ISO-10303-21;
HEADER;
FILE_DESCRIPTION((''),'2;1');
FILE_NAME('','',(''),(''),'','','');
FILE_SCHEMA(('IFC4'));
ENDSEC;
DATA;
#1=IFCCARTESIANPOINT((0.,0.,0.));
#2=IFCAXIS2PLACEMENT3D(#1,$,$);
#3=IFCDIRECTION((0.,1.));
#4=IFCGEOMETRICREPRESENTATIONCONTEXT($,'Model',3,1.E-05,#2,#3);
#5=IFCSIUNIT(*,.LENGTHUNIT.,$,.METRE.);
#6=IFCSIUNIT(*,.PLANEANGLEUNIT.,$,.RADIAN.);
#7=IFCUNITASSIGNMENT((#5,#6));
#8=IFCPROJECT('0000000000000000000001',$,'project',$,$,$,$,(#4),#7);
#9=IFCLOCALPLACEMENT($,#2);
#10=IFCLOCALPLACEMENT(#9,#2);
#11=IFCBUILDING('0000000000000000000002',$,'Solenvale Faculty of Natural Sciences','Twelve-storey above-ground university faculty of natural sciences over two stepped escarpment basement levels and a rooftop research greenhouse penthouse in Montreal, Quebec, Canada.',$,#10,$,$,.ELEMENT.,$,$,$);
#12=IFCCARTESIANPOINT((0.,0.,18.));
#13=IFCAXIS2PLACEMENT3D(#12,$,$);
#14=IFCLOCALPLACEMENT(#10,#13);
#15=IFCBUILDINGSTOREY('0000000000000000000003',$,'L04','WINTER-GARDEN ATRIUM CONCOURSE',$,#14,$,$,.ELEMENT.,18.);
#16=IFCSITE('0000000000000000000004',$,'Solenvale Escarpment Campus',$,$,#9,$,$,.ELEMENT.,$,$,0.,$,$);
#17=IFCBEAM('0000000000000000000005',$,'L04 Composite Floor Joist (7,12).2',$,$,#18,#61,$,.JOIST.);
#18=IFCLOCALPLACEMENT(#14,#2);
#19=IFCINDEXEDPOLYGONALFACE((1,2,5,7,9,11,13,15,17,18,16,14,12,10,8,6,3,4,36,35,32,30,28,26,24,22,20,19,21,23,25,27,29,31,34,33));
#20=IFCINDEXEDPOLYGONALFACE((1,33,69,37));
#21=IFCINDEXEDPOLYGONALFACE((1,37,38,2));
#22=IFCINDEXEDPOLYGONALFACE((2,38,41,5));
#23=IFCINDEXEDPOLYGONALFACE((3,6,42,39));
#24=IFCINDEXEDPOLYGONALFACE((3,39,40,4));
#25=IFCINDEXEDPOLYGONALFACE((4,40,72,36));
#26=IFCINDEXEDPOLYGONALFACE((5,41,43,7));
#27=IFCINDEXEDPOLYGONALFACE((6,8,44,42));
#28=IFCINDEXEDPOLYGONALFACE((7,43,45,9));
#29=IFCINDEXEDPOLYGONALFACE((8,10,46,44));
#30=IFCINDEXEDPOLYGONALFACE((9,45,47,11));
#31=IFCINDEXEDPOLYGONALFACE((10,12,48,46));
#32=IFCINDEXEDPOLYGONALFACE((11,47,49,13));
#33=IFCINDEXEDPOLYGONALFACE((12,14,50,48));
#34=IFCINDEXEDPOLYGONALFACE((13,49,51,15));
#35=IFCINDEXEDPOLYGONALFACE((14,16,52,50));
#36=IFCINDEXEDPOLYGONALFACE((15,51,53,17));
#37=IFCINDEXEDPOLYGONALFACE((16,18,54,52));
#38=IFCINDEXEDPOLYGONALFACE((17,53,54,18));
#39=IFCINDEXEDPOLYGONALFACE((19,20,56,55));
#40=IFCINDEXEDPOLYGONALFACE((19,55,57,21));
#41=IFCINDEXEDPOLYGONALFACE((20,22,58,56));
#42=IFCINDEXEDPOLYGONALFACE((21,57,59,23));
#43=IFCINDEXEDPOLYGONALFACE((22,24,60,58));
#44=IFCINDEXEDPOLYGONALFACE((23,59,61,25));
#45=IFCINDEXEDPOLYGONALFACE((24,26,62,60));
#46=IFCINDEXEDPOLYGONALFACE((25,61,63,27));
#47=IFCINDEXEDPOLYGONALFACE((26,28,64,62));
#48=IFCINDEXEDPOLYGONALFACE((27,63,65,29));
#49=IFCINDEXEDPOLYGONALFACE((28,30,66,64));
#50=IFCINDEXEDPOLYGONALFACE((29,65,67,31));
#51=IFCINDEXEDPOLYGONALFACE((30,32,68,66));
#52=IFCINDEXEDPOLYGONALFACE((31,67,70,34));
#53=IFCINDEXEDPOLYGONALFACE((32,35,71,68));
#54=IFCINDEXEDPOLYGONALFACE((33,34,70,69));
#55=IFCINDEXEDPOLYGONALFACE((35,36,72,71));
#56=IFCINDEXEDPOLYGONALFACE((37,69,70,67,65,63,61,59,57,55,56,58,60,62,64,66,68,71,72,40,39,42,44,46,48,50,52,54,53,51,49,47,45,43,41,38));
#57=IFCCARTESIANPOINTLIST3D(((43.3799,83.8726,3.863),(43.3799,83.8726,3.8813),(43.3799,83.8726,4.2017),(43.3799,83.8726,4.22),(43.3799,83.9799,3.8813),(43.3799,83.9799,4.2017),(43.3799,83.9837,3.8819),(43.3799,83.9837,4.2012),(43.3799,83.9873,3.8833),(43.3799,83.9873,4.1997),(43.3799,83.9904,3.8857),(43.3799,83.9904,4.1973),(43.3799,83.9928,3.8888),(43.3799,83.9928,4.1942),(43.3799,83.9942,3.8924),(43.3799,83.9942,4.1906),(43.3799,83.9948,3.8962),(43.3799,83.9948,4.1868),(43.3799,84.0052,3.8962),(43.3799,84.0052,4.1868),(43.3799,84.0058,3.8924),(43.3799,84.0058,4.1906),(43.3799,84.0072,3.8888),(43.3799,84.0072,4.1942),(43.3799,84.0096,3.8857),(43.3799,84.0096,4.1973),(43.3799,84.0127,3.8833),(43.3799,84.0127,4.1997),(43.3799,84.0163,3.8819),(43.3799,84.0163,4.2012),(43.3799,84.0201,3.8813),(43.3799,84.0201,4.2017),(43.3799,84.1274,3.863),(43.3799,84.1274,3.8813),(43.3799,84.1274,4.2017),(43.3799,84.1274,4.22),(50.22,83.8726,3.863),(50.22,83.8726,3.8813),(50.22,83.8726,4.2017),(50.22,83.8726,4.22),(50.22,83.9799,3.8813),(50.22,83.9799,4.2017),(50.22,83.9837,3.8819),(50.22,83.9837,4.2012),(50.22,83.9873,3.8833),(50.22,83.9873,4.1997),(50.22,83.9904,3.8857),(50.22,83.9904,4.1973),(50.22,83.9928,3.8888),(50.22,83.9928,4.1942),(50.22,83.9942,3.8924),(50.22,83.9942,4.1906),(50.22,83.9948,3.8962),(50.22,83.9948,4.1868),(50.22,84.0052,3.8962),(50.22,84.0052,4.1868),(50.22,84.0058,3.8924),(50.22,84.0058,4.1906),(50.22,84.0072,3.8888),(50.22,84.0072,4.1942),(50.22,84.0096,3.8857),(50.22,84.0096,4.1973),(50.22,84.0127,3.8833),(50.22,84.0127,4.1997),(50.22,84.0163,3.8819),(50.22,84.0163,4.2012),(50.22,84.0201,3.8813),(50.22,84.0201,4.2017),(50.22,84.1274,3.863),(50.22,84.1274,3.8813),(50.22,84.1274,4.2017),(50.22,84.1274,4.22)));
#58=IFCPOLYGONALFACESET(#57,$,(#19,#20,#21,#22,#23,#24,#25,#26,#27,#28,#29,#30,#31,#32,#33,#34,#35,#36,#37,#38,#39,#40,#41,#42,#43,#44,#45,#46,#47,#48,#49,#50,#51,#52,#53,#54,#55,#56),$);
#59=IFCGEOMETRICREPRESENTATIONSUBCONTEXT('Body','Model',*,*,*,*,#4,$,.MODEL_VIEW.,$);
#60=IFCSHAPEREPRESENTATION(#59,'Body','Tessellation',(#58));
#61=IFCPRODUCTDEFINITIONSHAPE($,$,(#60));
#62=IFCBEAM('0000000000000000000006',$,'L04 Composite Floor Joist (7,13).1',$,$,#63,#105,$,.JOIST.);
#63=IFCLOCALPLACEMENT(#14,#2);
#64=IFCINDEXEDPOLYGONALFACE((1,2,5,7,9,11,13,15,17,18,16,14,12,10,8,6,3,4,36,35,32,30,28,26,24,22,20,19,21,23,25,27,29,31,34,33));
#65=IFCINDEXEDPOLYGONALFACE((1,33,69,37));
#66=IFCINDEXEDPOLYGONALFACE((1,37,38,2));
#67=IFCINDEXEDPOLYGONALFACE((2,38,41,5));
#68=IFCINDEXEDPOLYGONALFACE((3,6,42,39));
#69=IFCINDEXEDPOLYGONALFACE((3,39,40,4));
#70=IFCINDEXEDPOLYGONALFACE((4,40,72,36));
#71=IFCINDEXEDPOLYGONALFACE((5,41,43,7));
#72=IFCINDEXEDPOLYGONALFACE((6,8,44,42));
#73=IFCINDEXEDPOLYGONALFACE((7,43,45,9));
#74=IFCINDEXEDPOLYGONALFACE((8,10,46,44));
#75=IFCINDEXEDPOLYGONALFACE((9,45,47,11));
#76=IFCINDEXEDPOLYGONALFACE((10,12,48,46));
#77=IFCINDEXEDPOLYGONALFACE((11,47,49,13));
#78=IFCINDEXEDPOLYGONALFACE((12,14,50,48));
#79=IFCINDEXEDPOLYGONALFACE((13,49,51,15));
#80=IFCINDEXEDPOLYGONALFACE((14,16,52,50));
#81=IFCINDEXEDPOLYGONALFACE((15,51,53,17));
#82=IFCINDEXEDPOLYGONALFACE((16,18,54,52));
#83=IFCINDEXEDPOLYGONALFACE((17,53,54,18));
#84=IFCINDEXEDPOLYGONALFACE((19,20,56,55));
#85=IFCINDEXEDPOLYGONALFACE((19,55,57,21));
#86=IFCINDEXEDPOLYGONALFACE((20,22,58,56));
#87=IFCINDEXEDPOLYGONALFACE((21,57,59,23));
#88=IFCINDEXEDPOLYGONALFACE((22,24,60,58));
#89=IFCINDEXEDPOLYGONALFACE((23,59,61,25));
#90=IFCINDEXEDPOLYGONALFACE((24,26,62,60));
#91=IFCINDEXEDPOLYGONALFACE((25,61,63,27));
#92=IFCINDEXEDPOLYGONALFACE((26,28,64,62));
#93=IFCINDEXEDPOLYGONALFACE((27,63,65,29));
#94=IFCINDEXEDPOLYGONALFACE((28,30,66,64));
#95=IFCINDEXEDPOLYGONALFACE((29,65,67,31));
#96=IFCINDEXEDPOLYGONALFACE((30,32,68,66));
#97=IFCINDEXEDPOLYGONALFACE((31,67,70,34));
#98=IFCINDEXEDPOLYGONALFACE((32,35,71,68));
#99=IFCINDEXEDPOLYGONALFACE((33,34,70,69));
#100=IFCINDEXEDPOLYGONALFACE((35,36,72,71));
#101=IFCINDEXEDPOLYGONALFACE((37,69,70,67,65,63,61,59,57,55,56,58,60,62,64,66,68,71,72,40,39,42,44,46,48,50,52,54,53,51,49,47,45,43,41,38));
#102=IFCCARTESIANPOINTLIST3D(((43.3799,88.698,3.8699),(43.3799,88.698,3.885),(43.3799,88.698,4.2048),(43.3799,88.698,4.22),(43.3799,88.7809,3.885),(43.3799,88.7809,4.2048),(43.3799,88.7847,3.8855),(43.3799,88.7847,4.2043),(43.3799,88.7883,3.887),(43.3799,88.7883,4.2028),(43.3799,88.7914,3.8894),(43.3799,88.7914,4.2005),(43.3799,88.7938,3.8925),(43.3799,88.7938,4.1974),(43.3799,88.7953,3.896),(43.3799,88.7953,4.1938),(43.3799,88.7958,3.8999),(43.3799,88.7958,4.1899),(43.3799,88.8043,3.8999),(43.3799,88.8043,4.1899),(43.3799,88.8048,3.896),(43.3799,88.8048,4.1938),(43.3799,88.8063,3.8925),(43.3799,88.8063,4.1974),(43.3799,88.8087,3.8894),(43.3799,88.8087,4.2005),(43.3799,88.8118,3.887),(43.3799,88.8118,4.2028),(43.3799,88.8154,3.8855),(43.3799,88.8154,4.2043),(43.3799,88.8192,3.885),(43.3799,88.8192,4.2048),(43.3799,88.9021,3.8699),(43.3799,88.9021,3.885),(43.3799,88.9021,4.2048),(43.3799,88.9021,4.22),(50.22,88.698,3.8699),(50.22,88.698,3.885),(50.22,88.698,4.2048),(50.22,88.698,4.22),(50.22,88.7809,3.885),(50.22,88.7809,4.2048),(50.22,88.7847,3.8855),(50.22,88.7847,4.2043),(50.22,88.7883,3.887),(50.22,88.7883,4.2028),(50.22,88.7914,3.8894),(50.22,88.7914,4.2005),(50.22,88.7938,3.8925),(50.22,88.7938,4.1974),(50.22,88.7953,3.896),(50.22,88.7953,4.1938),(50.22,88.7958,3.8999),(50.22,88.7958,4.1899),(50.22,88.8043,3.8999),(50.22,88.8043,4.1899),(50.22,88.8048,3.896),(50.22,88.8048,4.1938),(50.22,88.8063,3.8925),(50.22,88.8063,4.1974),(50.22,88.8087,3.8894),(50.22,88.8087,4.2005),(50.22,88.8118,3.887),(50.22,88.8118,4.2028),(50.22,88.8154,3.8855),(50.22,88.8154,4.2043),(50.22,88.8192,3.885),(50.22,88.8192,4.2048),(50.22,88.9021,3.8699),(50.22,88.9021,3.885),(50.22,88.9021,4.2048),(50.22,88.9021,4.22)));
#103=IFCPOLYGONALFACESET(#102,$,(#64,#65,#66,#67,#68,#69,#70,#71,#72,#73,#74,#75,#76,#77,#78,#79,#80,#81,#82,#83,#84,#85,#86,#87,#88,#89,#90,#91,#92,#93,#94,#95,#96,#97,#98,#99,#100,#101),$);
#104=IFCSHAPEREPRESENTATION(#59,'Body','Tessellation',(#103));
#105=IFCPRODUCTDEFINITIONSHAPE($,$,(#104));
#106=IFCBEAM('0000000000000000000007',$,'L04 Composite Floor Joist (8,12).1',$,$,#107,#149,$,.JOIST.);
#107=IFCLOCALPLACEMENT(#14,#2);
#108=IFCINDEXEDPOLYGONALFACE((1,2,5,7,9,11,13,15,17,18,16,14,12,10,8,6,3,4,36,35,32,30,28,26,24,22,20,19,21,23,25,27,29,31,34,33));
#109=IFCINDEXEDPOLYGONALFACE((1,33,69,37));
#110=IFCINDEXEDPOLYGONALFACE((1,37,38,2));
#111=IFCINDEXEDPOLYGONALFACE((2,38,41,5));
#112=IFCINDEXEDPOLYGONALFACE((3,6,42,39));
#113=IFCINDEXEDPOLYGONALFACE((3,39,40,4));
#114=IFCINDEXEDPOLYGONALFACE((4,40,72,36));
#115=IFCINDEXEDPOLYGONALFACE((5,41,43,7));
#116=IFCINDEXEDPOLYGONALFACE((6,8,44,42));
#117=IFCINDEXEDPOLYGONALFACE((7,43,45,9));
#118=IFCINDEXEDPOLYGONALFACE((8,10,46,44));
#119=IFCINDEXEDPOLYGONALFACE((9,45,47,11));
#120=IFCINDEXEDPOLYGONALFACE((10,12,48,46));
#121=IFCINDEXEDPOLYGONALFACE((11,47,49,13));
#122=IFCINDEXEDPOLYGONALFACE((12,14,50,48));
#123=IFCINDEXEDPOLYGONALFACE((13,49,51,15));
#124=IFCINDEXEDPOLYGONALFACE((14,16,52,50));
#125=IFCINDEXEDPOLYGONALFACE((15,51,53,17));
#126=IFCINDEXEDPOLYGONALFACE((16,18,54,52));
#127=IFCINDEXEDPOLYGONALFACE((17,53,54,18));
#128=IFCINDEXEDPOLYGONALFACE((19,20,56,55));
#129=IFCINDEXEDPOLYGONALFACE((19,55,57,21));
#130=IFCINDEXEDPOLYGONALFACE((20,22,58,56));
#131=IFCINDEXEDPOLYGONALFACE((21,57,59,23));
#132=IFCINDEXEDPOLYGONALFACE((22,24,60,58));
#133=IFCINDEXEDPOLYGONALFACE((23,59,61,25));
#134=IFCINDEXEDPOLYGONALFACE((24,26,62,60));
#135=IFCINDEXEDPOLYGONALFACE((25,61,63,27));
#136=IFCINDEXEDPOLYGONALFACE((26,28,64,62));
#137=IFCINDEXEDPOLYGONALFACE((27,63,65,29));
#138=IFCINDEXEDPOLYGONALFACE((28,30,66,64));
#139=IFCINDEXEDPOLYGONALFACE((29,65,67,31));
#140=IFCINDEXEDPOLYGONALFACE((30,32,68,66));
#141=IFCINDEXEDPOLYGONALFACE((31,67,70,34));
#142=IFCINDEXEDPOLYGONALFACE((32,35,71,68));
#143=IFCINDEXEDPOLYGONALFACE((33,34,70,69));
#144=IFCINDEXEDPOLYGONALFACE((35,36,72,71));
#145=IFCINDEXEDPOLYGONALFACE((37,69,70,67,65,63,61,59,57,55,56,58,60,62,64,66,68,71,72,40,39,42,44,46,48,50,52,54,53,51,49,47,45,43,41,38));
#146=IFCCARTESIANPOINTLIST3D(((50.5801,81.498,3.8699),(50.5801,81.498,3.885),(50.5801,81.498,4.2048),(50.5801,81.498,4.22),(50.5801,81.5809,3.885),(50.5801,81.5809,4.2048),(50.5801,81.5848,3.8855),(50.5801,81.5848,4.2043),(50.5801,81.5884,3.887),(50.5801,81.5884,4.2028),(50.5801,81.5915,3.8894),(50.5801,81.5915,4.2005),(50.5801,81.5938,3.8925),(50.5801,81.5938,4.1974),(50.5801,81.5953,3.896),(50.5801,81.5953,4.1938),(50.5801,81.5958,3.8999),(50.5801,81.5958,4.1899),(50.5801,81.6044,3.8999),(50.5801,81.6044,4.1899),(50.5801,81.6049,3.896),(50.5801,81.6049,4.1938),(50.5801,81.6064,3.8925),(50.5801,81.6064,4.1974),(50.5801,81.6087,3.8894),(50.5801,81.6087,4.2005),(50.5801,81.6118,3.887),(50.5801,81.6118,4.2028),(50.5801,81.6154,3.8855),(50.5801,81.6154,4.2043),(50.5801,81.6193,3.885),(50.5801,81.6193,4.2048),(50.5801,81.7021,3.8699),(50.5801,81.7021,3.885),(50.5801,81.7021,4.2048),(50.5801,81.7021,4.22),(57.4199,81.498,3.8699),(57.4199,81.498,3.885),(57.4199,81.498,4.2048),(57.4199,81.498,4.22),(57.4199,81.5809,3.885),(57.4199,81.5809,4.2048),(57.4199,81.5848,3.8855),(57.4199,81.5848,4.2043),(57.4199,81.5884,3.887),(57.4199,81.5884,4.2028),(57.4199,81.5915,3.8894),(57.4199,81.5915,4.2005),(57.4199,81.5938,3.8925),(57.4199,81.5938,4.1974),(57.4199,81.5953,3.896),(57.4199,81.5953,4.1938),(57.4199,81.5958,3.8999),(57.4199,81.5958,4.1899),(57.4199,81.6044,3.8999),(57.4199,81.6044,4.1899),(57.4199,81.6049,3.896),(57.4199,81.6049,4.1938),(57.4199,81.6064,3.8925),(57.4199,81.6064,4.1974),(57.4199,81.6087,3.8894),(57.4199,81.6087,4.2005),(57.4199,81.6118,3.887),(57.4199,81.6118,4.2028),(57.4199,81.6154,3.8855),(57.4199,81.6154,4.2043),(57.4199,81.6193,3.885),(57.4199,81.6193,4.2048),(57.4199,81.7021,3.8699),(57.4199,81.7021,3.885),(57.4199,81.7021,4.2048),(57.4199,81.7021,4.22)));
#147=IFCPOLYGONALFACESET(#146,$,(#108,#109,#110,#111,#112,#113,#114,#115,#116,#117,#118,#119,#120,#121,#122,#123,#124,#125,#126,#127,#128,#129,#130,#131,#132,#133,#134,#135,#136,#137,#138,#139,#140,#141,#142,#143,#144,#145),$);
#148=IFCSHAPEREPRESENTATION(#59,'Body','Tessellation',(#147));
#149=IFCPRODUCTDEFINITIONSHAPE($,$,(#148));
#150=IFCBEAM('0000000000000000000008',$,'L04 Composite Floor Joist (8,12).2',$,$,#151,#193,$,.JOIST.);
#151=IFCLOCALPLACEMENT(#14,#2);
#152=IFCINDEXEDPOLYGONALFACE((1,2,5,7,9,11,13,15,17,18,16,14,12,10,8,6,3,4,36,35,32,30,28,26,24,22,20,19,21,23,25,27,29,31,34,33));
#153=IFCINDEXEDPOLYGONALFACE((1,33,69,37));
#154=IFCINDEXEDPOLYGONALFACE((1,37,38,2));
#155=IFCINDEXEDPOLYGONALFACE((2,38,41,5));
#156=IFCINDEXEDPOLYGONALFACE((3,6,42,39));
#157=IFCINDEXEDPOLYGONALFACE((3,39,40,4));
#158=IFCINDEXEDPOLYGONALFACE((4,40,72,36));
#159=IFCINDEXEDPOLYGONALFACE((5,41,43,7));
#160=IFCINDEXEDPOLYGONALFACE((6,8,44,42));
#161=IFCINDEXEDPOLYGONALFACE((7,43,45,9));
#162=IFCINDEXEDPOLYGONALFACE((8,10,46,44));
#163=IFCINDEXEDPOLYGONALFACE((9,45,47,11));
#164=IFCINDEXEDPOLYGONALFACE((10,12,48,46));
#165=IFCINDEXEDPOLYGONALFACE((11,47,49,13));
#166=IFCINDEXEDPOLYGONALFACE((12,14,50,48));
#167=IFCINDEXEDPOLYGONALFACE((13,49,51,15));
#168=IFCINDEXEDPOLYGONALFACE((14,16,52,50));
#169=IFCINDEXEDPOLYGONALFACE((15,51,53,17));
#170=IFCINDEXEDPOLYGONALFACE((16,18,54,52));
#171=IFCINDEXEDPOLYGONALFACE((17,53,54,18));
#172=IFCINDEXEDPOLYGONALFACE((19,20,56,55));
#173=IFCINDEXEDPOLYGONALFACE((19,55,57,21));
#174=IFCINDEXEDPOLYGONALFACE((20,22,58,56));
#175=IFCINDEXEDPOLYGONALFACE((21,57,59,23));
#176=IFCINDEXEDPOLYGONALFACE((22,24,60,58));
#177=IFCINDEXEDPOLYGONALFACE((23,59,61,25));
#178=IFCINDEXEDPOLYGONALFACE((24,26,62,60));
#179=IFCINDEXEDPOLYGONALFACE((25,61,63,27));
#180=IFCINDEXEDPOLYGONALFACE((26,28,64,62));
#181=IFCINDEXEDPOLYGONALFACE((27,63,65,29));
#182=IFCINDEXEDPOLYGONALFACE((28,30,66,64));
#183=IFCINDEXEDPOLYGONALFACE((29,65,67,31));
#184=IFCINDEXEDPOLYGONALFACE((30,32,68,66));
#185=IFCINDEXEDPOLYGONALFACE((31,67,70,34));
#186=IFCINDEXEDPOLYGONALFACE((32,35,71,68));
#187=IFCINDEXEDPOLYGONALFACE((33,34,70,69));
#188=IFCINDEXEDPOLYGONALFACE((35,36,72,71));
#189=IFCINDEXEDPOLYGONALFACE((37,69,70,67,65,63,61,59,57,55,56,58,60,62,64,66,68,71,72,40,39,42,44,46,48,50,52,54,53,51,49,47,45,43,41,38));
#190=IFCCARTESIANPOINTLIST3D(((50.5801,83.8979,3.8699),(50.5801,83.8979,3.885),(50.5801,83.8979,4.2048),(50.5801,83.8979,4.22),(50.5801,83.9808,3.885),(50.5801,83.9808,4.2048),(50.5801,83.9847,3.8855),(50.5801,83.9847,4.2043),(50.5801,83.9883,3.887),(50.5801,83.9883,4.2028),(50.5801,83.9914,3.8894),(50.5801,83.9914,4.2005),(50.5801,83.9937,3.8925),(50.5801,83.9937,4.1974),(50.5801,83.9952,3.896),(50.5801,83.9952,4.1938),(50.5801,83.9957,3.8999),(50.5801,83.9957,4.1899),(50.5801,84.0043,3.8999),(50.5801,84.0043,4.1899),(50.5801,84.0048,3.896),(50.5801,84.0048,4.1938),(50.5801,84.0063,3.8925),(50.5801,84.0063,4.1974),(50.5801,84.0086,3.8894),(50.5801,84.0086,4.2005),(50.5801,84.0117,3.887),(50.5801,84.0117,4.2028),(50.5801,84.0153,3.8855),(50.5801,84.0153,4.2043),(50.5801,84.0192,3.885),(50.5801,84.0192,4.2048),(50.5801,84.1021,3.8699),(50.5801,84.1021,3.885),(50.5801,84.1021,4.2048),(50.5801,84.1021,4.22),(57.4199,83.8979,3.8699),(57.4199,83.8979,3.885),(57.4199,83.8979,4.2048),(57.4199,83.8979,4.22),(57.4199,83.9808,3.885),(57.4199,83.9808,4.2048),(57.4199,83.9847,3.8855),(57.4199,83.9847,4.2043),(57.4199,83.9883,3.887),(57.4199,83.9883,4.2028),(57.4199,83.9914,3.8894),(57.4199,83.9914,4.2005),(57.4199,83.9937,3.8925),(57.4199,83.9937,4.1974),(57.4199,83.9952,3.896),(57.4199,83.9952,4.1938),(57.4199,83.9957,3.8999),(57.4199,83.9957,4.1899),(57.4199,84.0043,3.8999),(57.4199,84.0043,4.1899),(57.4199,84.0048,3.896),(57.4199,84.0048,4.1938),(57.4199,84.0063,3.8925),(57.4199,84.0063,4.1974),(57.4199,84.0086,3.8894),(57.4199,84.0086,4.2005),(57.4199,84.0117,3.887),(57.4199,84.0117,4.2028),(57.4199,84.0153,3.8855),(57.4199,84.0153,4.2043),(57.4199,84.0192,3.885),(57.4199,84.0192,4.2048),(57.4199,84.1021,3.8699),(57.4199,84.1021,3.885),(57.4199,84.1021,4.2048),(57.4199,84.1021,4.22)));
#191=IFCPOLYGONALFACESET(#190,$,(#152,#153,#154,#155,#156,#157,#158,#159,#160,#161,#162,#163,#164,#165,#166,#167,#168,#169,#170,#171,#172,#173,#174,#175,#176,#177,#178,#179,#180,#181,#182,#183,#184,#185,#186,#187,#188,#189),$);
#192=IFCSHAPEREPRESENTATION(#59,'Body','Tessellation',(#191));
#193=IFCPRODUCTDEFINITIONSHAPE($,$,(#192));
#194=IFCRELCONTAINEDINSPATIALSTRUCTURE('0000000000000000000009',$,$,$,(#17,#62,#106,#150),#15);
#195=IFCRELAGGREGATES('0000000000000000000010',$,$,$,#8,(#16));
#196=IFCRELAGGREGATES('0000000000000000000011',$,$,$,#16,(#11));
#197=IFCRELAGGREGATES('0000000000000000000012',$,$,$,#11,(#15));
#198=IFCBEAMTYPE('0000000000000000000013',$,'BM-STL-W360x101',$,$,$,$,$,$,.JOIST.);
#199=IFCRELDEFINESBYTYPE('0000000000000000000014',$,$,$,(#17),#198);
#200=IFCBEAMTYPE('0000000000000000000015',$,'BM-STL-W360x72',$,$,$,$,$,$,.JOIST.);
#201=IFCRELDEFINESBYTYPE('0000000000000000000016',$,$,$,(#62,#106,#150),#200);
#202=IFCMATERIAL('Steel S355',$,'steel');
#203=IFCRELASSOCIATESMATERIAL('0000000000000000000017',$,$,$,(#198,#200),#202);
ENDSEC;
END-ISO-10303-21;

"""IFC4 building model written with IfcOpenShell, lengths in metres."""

from ifc_helpers import new_model, si_unit, direction, frame, origin, origin_2d, place, context, subcontext, project, spatial, i_section, extrude, material, material_profile, profile_set, type_object, element, save


model = new_model("IFC4")

# Units and contexts
model_context = context("Model", 3, precision=1e-05, world=origin(), true_north=direction((0.0, 1.0)))
body_context = subcontext(model_context, "Body", "Model", "MODEL_VIEW")
ifc_project = project(units=[si_unit("LENGTHUNIT", "METRE"), si_unit("PLANEANGLEUNIT", "RADIAN")], contexts=[model_context])

# Site, building, storey
site_placement = place(None, origin())
site = spatial("IfcSite", under=ifc_project, at=site_placement, Name="Solenvale Escarpment Campus", CompositionType="ELEMENT", RefElevation=0.0)
building_placement = place(site_placement, origin())
building = spatial("IfcBuilding", under=site, at=building_placement, Name="Solenvale Faculty of Natural Sciences", Description="Twelve-storey above-ground university faculty of natural sciences over two stepped escarpment basement levels and a rooftop research greenhouse penthouse in Montreal, Quebec, Canada.", CompositionType="ELEMENT")
storey_placement = place(building_placement, frame((0.0, 0.0, 18.0)))
storey = spatial("IfcBuildingStorey", under=building, at=storey_placement, Name="L04", Description="WINTER-GARDEN ATRIUM CONCOURSE", CompositionType="ELEMENT", Elevation=18.0)

# Beams
ifc_material_1 = material(Name="Steel S355", Category="steel")
ifc_material_profile_1 = material_profile(ifc_material_1, i_section(OverallWidth=0.2549, OverallDepth=0.3569, WebThickness=0.0105, FlangeThickness=0.0183, FilletRadius=0.0149, at=origin_2d()), Name="W360x101")
ifc_profile_set_1 = profile_set([ifc_material_profile_1], Name="Steel S355")
beam_type_1 = type_object("IfcBeamType", Name="BM-STL-W360x101", PredefinedType="JOIST", material=ifc_profile_set_1)
for number, where, z_axis, x_axis, name in (
    (1, (43.3799, 84.0, 4.0415), (1.0, 0.0, 0.0), (0.0, 1.0, 0.0), "L04 Composite Floor Joist (7,12).2"),
):
    element("IfcBeam", number, at=place(storey_placement, frame(where, z_axis=z_axis, x_axis=x_axis)), inside=storey, type_object=beam_type_1, Name=name, PredefinedType="JOIST", context=body_context, shape_type="SweptSolid", body=[
        extrude(i_section(OverallWidth=0.2549, OverallDepth=0.3569, WebThickness=0.0105, FlangeThickness=0.0183, FilletRadius=0.0149, at=origin_2d()), origin(), (0.0, 0.0, 1.0), 6.8401),
    ])
ifc_material_profile_2 = material_profile(ifc_material_1, i_section(OverallWidth=0.2041, OverallDepth=0.3501, WebThickness=0.0085, FlangeThickness=0.0151, FilletRadius=0.0149, at=origin_2d()), Name="W360x72")
ifc_profile_set_2 = profile_set([ifc_material_profile_2], Name="Steel S355")
beam_type_2 = type_object("IfcBeamType", Name="BM-STL-W360x72", PredefinedType="JOIST", material=ifc_profile_set_2)
beam_1_placement = place(storey_placement, frame((43.3799, 88.8, 4.0449), z_axis=(1.0, 0.0, 0.0), x_axis=(0.0, 1.0, 0.0)))
element("IfcBeam", 2, at=beam_1_placement, inside=storey, type_object=beam_type_2, Name="L04 Composite Floor Joist (7,13).1", PredefinedType="JOIST", context=body_context, shape_type="SweptSolid", body=[
    extrude(i_section(OverallWidth=0.2041, OverallDepth=0.3501, WebThickness=0.0085, FlangeThickness=0.0151, FilletRadius=0.0149, at=origin_2d()), origin(), (0.0, 0.0, 1.0), 6.8401),
])
for number, where, z_axis, x_axis, name in (
    (3, (50.5801, 81.6001, 4.0449), (1.0, 0.0, 0.0), (0.0, 1.0, 0.0), "L04 Composite Floor Joist (8,12).1"),
    (4, (50.5801, 84.0, 4.0449), (1.0, 0.0, 0.0), (0.0, 1.0, 0.0), "L04 Composite Floor Joist (8,12).2"),
):
    element("IfcBeam", number, at=place(storey_placement, frame(where, z_axis=z_axis, x_axis=x_axis)), inside=storey, type_object=beam_type_2, Name=name, PredefinedType="JOIST", context=body_context, shape_type="SweptSolid", body=[
        extrude(i_section(OverallWidth=0.2041, OverallDepth=0.3501, WebThickness=0.0085, FlangeThickness=0.0151, FilletRadius=0.0149, at=origin_2d()), origin(), (0.0, 0.0, 1.0), 6.8398),
    ])

save(model, "model.ifc")
